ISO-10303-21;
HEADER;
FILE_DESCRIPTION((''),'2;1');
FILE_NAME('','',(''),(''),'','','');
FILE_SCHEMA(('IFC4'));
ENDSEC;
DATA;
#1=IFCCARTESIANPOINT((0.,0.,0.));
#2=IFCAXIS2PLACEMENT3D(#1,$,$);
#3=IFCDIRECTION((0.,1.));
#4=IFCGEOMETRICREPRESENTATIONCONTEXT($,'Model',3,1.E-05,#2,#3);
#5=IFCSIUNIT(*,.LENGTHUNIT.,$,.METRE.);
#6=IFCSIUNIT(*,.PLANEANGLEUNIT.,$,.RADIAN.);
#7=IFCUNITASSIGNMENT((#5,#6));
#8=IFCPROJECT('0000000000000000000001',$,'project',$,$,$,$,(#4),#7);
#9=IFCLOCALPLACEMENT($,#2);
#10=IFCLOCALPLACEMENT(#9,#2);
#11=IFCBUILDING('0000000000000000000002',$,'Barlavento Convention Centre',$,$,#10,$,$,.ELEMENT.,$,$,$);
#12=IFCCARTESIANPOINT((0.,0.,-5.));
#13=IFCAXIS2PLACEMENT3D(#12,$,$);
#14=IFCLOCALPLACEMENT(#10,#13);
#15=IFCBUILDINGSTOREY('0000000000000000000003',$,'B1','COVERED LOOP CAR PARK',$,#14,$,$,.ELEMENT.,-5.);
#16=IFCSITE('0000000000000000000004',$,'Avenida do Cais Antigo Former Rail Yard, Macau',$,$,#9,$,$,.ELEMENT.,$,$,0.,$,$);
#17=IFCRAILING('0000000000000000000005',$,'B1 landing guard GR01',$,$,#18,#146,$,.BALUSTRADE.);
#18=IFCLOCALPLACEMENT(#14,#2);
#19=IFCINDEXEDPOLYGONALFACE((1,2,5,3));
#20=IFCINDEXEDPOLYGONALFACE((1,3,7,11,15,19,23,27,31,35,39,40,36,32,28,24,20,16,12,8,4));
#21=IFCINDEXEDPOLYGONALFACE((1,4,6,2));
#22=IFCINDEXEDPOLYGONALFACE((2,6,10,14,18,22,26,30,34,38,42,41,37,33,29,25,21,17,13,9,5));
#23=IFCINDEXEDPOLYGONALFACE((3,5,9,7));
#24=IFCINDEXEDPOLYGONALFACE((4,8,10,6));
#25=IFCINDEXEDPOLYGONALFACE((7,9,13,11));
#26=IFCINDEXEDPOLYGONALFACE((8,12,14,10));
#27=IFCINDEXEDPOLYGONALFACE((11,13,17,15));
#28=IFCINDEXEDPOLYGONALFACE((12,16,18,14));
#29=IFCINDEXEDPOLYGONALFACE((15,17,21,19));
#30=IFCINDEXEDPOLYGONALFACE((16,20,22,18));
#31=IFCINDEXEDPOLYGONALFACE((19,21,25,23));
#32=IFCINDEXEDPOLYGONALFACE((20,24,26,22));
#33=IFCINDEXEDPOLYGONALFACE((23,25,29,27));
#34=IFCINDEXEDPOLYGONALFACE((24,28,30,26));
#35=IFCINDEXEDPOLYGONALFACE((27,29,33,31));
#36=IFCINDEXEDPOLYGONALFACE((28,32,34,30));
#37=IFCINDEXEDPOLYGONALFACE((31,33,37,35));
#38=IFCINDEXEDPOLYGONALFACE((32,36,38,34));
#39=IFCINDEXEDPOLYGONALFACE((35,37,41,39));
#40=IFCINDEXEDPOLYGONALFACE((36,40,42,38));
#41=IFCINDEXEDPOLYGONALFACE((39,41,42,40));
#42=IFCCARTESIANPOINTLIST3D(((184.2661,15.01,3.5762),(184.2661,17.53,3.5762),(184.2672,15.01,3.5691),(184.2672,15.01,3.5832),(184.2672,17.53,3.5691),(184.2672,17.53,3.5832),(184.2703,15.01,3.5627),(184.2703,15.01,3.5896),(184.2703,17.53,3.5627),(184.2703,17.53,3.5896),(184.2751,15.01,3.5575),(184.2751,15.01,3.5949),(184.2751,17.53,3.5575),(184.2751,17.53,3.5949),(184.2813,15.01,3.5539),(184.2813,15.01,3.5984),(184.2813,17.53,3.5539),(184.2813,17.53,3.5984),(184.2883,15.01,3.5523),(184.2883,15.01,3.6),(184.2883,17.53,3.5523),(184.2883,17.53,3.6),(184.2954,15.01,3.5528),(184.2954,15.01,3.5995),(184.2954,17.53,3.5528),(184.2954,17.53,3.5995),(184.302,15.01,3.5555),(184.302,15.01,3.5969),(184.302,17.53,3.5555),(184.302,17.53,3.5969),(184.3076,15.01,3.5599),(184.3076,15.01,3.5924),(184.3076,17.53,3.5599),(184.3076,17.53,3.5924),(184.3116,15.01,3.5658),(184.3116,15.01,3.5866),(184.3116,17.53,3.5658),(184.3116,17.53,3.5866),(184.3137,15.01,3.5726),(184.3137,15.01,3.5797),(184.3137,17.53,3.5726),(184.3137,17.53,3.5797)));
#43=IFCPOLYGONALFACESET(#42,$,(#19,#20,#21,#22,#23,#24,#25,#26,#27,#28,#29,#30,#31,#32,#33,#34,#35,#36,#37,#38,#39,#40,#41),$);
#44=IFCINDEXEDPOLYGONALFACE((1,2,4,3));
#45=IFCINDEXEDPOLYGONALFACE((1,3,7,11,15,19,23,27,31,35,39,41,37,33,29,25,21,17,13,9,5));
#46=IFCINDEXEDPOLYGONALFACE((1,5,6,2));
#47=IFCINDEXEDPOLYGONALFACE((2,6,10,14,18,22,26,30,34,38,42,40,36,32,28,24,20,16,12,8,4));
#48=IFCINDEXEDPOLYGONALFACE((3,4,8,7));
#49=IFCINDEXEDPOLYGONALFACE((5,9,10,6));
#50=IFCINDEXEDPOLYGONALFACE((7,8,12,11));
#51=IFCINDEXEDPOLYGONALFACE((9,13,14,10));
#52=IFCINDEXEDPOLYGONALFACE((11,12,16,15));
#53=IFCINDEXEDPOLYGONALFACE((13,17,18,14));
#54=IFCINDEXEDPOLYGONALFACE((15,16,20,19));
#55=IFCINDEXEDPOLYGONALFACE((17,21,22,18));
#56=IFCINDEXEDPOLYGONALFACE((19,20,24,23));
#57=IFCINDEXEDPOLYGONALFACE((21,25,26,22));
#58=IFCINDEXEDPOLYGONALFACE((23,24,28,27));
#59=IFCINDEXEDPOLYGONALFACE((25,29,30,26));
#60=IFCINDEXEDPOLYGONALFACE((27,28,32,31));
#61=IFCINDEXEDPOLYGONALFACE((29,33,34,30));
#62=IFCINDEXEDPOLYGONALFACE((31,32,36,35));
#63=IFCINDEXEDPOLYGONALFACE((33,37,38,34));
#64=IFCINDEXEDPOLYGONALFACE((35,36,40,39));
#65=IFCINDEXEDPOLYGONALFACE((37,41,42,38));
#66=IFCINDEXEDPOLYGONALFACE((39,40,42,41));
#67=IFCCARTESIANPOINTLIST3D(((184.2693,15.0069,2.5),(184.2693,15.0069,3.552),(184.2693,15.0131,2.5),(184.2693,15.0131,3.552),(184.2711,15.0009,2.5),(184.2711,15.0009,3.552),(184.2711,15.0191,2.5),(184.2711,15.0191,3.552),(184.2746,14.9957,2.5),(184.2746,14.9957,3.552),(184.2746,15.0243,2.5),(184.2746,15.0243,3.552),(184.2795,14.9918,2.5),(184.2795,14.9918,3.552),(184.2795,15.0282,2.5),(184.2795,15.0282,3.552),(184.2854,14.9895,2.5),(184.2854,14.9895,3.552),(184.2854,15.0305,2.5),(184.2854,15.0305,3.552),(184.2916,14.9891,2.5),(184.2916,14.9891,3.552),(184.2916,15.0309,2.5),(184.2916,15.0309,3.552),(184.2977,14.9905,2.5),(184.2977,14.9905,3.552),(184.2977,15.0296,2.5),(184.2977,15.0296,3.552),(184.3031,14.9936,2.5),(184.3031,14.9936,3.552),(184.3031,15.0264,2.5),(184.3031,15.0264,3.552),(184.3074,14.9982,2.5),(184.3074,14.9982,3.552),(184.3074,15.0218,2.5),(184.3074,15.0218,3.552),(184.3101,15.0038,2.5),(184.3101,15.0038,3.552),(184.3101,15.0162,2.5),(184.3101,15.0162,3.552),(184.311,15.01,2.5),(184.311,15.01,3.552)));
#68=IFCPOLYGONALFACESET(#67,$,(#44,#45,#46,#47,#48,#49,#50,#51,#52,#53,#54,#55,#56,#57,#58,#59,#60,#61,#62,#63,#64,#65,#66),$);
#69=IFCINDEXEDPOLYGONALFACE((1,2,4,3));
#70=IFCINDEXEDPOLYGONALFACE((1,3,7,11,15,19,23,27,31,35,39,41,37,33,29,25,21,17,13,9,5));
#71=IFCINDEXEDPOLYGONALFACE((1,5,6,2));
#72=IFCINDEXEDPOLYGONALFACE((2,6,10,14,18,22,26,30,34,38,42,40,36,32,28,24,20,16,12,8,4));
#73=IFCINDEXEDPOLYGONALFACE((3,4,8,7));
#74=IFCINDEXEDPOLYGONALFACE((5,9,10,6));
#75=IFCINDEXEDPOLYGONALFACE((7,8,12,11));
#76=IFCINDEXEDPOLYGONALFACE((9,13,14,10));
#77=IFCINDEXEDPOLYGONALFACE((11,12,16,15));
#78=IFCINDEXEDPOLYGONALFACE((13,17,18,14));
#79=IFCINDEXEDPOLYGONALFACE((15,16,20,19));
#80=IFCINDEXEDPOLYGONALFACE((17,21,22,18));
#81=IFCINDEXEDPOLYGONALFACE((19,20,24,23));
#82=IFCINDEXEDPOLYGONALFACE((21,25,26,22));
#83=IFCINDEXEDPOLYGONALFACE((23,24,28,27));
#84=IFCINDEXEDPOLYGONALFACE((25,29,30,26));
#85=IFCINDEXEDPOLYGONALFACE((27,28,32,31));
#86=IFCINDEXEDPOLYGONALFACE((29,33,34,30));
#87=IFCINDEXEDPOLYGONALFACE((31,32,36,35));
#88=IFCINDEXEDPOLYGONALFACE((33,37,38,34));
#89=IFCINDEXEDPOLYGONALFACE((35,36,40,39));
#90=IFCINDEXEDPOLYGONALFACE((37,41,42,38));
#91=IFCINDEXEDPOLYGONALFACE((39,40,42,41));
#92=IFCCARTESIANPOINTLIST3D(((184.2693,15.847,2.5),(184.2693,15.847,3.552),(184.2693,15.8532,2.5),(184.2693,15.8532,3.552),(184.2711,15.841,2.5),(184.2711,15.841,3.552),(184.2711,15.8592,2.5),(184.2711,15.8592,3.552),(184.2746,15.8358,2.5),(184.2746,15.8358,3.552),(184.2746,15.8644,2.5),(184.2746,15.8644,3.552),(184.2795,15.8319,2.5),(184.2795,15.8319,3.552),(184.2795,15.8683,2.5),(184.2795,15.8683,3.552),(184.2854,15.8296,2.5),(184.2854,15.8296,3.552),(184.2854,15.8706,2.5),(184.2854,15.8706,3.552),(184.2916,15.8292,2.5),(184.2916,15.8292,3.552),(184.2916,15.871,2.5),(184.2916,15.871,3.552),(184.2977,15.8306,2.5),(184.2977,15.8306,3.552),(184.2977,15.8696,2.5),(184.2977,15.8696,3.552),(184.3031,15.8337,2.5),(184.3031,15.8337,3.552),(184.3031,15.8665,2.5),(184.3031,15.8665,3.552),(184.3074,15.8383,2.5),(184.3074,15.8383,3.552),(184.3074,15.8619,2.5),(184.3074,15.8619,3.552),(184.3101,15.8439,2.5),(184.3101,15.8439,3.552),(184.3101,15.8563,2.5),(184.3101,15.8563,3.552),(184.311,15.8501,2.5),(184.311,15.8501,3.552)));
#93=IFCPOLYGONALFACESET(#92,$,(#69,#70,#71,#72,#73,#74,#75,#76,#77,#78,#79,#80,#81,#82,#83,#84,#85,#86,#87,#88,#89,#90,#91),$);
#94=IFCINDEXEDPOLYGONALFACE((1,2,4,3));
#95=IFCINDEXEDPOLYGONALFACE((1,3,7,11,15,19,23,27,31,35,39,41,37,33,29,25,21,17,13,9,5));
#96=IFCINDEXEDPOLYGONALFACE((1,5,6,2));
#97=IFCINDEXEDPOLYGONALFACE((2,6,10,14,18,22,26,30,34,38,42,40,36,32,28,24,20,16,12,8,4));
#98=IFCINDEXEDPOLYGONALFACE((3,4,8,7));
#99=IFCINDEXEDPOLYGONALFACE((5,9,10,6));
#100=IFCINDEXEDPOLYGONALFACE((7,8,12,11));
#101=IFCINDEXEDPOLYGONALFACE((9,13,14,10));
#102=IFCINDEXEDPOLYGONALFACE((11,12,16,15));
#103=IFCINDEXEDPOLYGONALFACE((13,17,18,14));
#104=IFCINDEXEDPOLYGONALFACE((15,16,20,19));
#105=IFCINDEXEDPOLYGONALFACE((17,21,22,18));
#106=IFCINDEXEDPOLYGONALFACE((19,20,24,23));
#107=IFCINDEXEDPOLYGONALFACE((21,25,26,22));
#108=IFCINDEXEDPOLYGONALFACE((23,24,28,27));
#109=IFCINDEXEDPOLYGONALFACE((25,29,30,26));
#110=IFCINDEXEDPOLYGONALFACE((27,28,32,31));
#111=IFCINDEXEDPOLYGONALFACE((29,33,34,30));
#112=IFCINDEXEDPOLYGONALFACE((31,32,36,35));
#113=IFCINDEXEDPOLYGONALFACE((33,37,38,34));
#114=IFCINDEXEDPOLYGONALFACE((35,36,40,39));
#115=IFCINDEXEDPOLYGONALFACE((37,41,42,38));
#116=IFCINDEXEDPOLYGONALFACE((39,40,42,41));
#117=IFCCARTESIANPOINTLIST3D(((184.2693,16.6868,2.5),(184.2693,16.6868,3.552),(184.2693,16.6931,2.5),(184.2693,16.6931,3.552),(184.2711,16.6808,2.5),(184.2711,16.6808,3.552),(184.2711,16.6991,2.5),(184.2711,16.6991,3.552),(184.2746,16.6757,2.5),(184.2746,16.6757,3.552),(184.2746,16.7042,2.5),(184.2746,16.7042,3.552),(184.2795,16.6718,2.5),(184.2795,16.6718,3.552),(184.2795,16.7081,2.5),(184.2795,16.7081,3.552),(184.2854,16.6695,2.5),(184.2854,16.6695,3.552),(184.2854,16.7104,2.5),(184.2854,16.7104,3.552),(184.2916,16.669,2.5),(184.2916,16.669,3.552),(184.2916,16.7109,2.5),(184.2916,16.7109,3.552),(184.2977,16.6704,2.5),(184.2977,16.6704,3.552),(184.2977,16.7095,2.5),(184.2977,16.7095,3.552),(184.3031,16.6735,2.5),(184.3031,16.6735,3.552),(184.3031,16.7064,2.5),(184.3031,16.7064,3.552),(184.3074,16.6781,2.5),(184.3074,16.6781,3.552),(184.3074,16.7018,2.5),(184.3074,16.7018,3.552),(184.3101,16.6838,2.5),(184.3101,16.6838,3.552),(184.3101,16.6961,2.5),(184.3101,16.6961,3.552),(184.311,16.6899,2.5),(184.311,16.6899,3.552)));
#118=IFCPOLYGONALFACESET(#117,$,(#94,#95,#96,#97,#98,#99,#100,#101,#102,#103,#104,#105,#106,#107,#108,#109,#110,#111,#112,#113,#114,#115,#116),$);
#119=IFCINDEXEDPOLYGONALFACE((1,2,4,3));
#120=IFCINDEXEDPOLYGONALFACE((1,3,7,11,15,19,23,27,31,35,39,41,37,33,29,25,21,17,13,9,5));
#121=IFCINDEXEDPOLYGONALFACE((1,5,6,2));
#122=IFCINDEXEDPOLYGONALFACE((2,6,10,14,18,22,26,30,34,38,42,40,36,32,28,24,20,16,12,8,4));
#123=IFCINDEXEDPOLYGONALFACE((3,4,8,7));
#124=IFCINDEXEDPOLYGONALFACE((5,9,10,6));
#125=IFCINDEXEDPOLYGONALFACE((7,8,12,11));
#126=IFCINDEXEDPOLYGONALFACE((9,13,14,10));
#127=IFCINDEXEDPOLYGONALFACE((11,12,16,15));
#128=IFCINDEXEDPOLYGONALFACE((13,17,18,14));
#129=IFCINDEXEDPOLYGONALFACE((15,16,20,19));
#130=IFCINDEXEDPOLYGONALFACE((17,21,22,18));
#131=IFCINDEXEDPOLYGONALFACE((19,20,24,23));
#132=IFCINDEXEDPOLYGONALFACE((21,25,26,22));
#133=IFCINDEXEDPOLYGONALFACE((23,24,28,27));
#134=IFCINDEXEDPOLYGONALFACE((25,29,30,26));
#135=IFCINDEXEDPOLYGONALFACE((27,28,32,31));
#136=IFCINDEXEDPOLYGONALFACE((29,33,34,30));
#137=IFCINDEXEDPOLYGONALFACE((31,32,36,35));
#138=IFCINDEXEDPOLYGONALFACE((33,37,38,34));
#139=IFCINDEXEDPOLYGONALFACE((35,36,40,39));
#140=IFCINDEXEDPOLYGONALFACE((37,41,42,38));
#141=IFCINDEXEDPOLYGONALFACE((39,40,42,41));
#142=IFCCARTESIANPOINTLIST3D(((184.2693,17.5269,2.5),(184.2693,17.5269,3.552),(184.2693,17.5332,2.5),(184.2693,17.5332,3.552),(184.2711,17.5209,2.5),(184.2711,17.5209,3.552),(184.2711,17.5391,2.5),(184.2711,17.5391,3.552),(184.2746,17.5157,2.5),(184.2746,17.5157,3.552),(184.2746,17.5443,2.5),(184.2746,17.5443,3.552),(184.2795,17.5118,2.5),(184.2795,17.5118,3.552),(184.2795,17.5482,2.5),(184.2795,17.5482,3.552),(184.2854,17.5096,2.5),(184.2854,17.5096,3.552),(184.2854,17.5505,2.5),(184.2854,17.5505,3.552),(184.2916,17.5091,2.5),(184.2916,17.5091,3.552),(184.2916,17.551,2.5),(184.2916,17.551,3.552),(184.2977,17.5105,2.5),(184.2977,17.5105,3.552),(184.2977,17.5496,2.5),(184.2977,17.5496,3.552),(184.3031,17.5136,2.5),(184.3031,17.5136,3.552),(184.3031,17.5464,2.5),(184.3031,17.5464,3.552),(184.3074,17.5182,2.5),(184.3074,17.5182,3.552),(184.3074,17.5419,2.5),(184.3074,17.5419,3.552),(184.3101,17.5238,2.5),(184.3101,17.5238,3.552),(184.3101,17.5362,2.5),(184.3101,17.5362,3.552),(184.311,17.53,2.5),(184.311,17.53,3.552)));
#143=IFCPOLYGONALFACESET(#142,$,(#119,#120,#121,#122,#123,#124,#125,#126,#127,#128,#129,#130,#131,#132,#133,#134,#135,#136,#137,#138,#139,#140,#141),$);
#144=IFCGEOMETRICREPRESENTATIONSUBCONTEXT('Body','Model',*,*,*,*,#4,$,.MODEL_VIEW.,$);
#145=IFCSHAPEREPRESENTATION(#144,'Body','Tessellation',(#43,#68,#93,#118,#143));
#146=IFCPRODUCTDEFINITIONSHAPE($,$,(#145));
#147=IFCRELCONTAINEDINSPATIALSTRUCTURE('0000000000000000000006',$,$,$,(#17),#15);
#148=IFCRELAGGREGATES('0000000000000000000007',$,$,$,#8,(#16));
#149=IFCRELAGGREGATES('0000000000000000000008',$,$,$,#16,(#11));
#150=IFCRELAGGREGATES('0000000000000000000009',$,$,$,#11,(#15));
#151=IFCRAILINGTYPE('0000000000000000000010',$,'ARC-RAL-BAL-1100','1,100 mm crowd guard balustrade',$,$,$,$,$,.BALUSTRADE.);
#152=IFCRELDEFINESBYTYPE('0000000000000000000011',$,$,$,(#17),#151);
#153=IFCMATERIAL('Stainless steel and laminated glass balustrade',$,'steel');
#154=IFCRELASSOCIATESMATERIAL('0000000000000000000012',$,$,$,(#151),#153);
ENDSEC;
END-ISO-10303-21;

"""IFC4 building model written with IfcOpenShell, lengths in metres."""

from ifc_helpers import new_model, si_unit, direction, frame, origin, origin_2d, place, context, subcontext, project, spatial, circle, extrude, material, type_object, element, save


model = new_model("IFC4")

# Units and contexts
model_context = context("Model", 3, precision=1e-05, world=origin(), true_north=direction((0.0, 1.0)))
body_context = subcontext(model_context, "Body", "Model", "MODEL_VIEW")
ifc_project = project(units=[si_unit("LENGTHUNIT", "METRE"), si_unit("PLANEANGLEUNIT", "RADIAN")], contexts=[model_context])

# Site, building, storey
site_placement = place(None, origin())
site = spatial("IfcSite", under=ifc_project, at=site_placement, Name="Avenida do Cais Antigo Former Rail Yard, Macau", CompositionType="ELEMENT", RefElevation=0.0)
building_placement = place(site_placement, origin())
building = spatial("IfcBuilding", under=site, at=building_placement, Name="Barlavento Convention Centre", CompositionType="ELEMENT")
storey_placement = place(building_placement, frame((0.0, 0.0, -5.0)))
storey = spatial("IfcBuildingStorey", under=building, at=storey_placement, Name="B1", Description="COVERED LOOP CAR PARK", CompositionType="ELEMENT", Elevation=-5.0)

# Railing
ifc_material_1 = material(Name="Stainless steel and laminated glass balustrade", Category="steel")
railing_type_1 = type_object("IfcRailingType", Name="ARC-RAL-BAL-1100", Description="1,100 mm crowd guard balustrade", PredefinedType="BALUSTRADE", material=ifc_material_1)
for number, where, name in (
    (1, (184.29, 15.01, 2.5), "B1 landing guard GR01"),
):
    element("IfcRailing", number, at=place(storey_placement, frame(where)), inside=storey, type_object=railing_type_1, Name=name, PredefinedType="BALUSTRADE", context=body_context, shape_type="SweptSolid", body=[
        extrude(circle(Radius=0.0239, at=origin_2d()), frame((0.0, 0.0, 1.0762), z_axis=(0.0, 1.0, 0.0), x_axis=(-1.0, 0.0, 0.0)), (0.0, 0.0, 1.0), 2.52),
        extrude(circle(Radius=0.021, at=origin_2d()), origin(), (0.0, 0.0, 1.0), 1.052),
        extrude(circle(Radius=0.021, at=origin_2d()), frame((0.0, 0.8401, 0.0)), (0.0, 0.0, 1.0), 1.052),
        extrude(circle(Radius=0.021, at=origin_2d()), frame((0.0, 1.6799, 0.0)), (0.0, 0.0, 1.0), 1.052),
        extrude(circle(Radius=0.021, at=origin_2d()), frame((0.0, 2.52, 0.0)), (0.0, 0.0, 1.0), 1.052),
    ])

save(model, "model.ifc")
